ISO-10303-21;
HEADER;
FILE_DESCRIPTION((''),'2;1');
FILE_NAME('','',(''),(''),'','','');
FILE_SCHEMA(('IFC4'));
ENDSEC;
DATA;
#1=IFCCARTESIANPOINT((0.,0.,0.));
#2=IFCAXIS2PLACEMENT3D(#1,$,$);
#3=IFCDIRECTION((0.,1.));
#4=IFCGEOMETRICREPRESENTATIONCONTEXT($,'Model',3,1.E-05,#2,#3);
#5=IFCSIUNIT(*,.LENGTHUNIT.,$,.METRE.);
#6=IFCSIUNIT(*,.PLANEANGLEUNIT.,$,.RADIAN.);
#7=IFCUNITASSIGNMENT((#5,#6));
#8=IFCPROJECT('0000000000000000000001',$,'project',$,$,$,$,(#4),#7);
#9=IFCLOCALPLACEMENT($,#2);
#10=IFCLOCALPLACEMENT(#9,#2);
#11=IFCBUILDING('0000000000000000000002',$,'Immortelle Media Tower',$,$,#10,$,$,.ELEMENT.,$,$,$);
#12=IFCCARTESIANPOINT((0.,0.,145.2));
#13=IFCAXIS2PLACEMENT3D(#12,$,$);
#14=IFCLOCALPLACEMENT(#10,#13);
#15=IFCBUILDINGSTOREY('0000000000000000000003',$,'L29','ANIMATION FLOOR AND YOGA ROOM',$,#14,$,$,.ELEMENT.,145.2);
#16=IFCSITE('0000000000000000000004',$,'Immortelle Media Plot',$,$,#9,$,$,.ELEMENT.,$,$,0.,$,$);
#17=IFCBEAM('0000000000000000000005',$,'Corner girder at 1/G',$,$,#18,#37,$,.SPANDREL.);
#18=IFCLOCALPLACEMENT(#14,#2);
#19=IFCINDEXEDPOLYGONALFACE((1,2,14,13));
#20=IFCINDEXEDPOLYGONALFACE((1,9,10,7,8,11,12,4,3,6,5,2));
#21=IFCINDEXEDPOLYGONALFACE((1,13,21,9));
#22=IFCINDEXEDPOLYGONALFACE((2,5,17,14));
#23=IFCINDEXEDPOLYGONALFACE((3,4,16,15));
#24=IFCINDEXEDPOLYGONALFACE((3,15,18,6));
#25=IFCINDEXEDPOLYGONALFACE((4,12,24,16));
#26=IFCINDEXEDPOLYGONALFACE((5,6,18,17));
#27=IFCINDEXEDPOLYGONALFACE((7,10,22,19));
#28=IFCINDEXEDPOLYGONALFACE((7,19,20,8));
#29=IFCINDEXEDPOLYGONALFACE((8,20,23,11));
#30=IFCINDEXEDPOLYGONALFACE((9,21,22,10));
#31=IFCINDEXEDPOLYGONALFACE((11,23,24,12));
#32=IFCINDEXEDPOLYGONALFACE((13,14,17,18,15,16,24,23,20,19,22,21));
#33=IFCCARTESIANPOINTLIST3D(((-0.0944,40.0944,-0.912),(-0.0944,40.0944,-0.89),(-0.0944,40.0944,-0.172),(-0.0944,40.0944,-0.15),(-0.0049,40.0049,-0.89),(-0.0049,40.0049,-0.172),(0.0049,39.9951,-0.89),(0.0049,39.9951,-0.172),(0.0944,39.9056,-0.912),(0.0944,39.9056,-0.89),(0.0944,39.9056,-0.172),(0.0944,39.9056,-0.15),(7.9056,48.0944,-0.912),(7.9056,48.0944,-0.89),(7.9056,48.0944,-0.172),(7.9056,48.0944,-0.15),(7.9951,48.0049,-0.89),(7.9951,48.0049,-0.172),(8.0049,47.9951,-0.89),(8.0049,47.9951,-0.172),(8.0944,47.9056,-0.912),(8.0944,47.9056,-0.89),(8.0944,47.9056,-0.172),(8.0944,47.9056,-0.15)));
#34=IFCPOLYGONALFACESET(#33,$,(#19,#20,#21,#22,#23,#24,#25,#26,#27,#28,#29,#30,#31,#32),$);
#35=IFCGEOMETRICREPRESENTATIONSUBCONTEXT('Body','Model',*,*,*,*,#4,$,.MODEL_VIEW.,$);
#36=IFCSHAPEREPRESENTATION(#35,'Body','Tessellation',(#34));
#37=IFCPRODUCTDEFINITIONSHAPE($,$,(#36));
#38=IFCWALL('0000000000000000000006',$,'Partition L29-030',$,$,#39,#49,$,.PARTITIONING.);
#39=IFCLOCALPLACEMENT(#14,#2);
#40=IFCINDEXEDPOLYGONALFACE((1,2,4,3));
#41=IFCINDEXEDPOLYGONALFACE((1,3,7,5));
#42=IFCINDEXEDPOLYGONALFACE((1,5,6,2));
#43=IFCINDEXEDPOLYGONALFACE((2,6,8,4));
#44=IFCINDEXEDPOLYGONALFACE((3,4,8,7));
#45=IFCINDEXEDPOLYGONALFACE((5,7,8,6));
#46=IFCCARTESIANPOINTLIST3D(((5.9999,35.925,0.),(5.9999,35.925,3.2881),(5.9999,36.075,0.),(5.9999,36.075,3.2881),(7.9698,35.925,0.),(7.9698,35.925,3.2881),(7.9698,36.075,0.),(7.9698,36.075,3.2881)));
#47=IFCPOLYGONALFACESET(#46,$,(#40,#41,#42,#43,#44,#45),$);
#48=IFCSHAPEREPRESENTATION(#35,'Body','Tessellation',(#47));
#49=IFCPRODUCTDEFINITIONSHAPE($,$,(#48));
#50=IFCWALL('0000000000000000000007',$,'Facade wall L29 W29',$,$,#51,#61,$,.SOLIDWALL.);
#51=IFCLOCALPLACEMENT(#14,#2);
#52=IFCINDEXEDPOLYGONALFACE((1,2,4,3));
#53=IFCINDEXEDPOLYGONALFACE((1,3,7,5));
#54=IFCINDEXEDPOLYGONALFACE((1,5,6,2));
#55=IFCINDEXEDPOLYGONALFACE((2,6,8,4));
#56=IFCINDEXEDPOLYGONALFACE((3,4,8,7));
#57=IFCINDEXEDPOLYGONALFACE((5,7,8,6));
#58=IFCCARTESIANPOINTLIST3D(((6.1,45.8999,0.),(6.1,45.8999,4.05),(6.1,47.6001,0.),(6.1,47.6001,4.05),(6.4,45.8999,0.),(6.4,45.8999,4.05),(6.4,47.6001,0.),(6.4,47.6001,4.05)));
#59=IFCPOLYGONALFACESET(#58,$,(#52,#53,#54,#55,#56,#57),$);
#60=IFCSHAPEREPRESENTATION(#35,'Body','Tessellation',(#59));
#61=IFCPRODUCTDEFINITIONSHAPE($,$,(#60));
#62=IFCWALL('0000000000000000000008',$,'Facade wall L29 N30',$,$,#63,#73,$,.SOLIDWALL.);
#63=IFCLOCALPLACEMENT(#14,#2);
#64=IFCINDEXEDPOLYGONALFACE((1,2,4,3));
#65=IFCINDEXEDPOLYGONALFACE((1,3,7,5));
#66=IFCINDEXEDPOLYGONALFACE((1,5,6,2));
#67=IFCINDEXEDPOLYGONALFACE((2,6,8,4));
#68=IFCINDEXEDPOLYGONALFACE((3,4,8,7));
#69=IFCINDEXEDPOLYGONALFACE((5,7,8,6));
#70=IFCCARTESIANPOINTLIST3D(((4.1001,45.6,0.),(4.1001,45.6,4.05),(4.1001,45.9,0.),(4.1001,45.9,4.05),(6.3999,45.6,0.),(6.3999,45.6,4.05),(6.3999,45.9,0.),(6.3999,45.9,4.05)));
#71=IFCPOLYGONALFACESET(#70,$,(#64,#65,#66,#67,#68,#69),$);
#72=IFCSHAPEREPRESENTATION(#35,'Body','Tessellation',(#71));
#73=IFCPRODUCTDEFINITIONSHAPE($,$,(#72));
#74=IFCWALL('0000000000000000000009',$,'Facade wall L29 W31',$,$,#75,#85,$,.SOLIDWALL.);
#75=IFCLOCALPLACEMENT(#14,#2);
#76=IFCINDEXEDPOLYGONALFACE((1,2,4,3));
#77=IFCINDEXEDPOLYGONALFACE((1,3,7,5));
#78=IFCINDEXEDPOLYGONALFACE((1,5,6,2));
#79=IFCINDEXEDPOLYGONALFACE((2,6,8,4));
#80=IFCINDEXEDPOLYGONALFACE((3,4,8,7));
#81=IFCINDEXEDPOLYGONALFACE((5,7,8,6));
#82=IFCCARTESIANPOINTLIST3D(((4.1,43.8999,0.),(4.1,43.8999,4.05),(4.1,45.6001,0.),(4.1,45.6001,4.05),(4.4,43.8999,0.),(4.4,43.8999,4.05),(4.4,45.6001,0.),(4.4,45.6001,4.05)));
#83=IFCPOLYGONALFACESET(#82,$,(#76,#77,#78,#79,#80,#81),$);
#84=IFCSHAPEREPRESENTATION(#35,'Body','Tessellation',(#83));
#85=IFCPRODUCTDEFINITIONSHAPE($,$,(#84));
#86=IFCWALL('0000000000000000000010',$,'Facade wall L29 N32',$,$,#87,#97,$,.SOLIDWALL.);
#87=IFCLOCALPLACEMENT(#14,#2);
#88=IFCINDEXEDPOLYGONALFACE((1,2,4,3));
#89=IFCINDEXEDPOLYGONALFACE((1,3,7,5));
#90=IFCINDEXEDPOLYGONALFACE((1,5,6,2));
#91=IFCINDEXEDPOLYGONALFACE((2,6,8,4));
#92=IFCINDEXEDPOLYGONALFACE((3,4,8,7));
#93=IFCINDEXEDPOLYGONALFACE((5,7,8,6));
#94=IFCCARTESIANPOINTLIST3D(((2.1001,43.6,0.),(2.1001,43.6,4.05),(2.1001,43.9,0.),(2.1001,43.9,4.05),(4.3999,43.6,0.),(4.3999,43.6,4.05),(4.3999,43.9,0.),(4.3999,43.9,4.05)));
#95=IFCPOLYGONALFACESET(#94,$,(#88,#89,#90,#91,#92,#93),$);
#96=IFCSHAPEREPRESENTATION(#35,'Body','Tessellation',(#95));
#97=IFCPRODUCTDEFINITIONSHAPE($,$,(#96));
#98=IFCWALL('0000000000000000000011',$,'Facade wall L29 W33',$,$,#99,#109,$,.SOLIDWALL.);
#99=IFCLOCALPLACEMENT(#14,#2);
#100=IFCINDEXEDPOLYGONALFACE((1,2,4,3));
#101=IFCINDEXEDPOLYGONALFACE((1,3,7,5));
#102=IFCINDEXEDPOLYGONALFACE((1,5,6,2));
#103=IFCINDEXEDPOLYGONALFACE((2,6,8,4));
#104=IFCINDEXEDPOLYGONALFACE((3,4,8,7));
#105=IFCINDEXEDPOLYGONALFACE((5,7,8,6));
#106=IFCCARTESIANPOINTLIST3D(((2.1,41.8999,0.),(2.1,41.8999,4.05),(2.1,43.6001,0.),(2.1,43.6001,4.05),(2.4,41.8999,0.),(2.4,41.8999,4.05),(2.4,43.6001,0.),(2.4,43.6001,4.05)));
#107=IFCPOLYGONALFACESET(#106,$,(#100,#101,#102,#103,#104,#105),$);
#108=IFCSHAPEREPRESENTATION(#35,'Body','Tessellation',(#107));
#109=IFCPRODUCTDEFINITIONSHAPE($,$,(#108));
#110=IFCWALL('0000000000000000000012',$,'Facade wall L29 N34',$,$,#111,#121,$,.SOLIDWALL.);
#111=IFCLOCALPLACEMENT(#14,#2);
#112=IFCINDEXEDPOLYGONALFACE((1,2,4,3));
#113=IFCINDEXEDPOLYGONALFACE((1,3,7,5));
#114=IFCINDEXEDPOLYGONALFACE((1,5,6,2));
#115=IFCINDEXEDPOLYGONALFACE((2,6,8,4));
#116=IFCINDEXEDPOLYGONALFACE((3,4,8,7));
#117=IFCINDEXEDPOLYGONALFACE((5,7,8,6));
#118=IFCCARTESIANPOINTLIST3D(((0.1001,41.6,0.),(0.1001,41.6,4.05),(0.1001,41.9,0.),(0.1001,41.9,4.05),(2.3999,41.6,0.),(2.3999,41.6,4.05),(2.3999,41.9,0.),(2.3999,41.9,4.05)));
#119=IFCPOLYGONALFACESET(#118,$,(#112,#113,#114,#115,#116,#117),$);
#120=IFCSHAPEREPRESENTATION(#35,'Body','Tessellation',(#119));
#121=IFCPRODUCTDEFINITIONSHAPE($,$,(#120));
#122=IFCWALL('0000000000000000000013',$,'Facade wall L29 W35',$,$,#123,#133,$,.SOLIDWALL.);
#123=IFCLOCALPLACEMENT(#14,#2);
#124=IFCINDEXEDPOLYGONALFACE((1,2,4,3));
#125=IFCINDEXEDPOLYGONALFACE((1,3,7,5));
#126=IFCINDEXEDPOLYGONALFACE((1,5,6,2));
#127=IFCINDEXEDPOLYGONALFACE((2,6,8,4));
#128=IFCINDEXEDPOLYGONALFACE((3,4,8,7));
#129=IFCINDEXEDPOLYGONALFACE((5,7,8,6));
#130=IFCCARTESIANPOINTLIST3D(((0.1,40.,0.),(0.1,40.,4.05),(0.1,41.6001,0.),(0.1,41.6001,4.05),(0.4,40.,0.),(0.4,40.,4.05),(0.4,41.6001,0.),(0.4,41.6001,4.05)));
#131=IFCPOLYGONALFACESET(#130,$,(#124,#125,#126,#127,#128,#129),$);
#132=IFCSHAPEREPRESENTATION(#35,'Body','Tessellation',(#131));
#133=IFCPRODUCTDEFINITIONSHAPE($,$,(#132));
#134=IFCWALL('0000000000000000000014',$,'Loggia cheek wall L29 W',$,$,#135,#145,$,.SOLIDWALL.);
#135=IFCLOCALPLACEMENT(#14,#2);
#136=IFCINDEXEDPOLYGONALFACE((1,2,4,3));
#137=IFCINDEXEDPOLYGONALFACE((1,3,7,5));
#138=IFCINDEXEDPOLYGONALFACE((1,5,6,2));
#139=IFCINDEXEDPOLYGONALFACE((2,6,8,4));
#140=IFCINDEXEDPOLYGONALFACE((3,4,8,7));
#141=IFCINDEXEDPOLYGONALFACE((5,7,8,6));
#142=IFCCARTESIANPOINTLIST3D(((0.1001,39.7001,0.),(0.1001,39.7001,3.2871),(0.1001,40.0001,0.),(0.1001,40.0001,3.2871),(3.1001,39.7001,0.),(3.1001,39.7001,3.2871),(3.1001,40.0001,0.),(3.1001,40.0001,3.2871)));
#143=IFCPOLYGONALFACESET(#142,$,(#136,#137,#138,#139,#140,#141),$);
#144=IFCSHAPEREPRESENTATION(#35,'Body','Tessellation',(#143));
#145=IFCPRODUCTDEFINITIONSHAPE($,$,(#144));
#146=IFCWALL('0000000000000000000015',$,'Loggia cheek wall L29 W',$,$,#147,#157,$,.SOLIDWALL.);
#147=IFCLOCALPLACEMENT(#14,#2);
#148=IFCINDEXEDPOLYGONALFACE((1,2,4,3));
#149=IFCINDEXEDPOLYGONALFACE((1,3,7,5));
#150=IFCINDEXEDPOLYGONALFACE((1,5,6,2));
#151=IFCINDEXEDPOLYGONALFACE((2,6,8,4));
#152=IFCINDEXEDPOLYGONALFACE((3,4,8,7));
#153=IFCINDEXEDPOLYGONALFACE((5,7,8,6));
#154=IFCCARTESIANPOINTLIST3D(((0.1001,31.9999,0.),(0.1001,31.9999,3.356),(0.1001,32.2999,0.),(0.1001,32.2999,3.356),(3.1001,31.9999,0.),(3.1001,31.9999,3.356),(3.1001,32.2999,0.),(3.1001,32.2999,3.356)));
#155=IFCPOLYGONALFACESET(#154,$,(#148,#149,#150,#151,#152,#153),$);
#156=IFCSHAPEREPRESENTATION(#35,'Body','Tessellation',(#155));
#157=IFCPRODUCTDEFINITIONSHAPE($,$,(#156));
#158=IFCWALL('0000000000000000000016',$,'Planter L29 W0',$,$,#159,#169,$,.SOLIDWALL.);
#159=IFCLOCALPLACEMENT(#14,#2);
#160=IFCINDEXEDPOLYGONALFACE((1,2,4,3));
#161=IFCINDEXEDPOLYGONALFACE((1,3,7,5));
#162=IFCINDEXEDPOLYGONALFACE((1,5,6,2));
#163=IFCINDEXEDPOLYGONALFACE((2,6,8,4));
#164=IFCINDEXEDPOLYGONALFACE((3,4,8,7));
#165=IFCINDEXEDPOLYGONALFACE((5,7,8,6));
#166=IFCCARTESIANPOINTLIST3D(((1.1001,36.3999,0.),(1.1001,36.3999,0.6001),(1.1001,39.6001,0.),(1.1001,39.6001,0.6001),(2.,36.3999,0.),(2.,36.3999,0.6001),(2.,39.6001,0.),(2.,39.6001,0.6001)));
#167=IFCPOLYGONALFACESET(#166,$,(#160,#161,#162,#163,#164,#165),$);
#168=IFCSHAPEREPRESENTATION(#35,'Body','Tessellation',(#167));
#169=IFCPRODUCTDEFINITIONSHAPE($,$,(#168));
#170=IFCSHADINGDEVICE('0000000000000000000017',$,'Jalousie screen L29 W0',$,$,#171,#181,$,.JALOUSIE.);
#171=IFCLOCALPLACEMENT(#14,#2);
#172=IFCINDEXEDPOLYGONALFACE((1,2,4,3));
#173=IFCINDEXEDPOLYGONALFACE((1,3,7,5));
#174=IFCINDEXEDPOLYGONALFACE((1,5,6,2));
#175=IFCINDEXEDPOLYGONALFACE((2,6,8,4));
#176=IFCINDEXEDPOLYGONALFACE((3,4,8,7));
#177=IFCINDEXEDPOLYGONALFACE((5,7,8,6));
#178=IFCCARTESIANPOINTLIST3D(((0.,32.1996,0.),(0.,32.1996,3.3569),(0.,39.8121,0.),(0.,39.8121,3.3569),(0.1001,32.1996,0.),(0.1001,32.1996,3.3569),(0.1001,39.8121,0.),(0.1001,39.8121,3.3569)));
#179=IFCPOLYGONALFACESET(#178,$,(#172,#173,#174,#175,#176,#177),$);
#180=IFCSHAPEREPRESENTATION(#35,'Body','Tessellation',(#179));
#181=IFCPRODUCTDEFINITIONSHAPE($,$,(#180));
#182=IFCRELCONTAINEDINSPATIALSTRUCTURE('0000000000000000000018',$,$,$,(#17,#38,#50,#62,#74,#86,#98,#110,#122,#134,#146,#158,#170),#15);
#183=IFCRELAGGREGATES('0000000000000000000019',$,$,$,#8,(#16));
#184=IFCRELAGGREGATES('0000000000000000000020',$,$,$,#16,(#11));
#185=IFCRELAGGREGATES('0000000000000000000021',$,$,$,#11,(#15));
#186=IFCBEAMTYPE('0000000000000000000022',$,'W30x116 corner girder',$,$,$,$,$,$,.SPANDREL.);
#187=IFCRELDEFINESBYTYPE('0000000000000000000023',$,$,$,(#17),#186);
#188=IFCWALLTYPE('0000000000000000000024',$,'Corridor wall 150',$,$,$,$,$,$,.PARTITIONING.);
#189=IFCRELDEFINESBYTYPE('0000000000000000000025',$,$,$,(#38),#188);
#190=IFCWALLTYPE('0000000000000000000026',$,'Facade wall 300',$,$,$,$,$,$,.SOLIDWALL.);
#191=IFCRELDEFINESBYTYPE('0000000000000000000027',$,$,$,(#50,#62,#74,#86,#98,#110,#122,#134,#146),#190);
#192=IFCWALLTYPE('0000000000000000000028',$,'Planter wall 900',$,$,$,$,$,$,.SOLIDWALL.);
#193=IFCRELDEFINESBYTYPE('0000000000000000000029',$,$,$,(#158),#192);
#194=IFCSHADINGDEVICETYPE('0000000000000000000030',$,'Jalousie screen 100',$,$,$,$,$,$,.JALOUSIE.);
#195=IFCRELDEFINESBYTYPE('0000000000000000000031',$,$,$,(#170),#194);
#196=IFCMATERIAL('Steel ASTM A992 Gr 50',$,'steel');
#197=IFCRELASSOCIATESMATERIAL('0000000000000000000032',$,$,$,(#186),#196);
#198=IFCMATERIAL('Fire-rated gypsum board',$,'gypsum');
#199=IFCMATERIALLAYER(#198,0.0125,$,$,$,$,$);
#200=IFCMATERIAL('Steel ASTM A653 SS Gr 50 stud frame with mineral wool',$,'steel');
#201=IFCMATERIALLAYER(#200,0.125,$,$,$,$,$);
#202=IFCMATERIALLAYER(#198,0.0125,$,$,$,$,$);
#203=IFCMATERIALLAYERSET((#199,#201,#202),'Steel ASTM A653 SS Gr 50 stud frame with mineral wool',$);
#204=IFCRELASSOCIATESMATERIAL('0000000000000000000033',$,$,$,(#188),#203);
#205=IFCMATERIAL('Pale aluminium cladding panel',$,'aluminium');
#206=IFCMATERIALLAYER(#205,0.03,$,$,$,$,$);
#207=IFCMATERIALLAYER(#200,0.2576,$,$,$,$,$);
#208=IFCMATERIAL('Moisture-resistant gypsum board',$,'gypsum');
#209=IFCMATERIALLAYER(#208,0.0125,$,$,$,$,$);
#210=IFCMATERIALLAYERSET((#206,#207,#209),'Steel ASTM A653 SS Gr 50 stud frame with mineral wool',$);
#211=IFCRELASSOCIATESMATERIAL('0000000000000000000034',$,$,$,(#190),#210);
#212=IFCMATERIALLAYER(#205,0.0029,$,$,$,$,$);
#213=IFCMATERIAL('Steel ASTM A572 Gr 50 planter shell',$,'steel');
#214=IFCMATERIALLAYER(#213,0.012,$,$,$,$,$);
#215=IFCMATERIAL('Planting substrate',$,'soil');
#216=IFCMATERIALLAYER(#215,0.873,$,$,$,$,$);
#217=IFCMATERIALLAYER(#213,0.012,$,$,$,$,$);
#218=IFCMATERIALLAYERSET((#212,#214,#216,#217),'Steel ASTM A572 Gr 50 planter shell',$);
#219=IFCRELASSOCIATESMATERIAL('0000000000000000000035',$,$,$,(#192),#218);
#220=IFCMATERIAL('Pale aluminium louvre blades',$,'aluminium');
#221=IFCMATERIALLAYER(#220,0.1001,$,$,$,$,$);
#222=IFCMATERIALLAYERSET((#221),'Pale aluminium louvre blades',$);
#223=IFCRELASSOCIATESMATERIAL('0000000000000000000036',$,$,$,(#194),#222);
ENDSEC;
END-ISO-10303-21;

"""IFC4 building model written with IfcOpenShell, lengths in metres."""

from ifc_helpers import new_model, si_unit, direction, frame, frame_2d, origin, origin_2d, place, context, subcontext, project, spatial, rectangle, i_section, extrude, material, layer, layer_set, material_profile, profile_set, type_object, element, save


model = new_model("IFC4")

# Units and contexts
model_context = context("Model", 3, precision=1e-05, world=origin(), true_north=direction((0.0, 1.0)))
body_context = subcontext(model_context, "Body", "Model", "MODEL_VIEW")
ifc_project = project(units=[si_unit("LENGTHUNIT", "METRE"), si_unit("PLANEANGLEUNIT", "RADIAN")], contexts=[model_context])

# Site, building, storey
site_placement = place(None, origin())
site = spatial("IfcSite", under=ifc_project, at=site_placement, Name="Immortelle Media Plot", CompositionType="ELEMENT", RefElevation=0.0)
building_placement = place(site_placement, origin())
building = spatial("IfcBuilding", under=site, at=building_placement, Name="Immortelle Media Tower", CompositionType="ELEMENT")
storey_placement = place(building_placement, frame((0.0, 0.0, 145.2)))
storey = spatial("IfcBuildingStorey", under=building, at=storey_placement, Name="L29", Description="ANIMATION FLOOR AND YOGA ROOM", CompositionType="ELEMENT", Elevation=145.2)

# Shared definitions
ifc_material_1 = material(Name="Steel ASTM A992 Gr 50", Category="steel")

# Beam
ifc_material_profile_1 = material_profile(ifc_material_1, i_section(OverallWidth=0.2671, OverallDepth=0.762, WebThickness=0.0139, FlangeThickness=0.022, at=origin_2d()), Name="W30x116")
ifc_profile_set_1 = profile_set([ifc_material_profile_1], Name="Steel ASTM A992 Gr 50")
beam_type_1 = type_object("IfcBeamType", Name="W30x116 corner girder", PredefinedType="SPANDREL", material=ifc_profile_set_1)
beam_1_placement = place(storey_placement, frame((0.0, 40.0, -0.531), z_axis=(0.707107, 0.707107, 0.0), x_axis=(-0.707107, 0.707107, 0.0)))
element("IfcBeam", 1, at=beam_1_placement, inside=storey, type_object=beam_type_1, Name="Corner girder at 1/G", PredefinedType="SPANDREL", context=body_context, shape_type="SweptSolid", body=[
    extrude(i_section(OverallWidth=0.2671, OverallDepth=0.762, WebThickness=0.0139, FlangeThickness=0.022, at=origin_2d()), origin(), (0.0, 0.0, 1.0), 11.3137),
])

# Walls
ifc_material_2 = material(Name="Fire-rated gypsum board", Category="gypsum")
ifc_layer_1 = layer(ifc_material_2, 0.0125)
ifc_material_3 = material(Name="Steel ASTM A653 SS Gr 50 stud frame with mineral wool", Category="steel")
ifc_layer_2 = layer(ifc_material_3, 0.125)
ifc_layer_3 = layer(ifc_material_2, 0.0125)
ifc_layer_set_1 = layer_set([ifc_layer_1, ifc_layer_2, ifc_layer_3], Name="Steel ASTM A653 SS Gr 50 stud frame with mineral wool")
wall_type_1 = type_object("IfcWallType", Name="Corridor wall 150", PredefinedType="PARTITIONING", material=ifc_layer_set_1)
wall_1_placement = place(storey_placement, frame((6.0, 36.0, 0.0), z_axis=(0.0, 0.0, 1.0), x_axis=(1.0, 0.0, 0.0)))
element("IfcWall", 2, at=wall_1_placement, inside=storey, type_object=wall_type_1, Name="Partition L29-030", PredefinedType="PARTITIONING", context=body_context, shape_type="SweptSolid", body=[
    extrude(rectangle(XDim=1.97, YDim=0.1499, at=frame_2d((0.9849, 0.0))), origin(), (0.0, 0.0, 1.0), 3.2881),
])
ifc_material_4 = material(Name="Pale aluminium cladding panel", Category="aluminium")
ifc_layer_4 = layer(ifc_material_4, 0.03)
ifc_layer_5 = layer(ifc_material_3, 0.2576)
ifc_material_5 = material(Name="Moisture-resistant gypsum board", Category="gypsum")
ifc_layer_6 = layer(ifc_material_5, 0.0125)
ifc_layer_set_2 = layer_set([ifc_layer_4, ifc_layer_5, ifc_layer_6], Name="Steel ASTM A653 SS Gr 50 stud frame with mineral wool")
wall_type_2 = type_object("IfcWallType", Name="Facade wall 300", PredefinedType="SOLIDWALL", material=ifc_layer_set_2)
wall_2_placement = place(storey_placement, frame((6.25, 47.6001, 0.0), z_axis=(0.0, 0.0, 1.0), x_axis=(0.0, -1.0, 0.0)))
element("IfcWall", 3, at=wall_2_placement, inside=storey, type_object=wall_type_2, Name="Facade wall L29 W29", PredefinedType="SOLIDWALL", context=body_context, shape_type="SweptSolid", body=[
    extrude(rectangle(XDim=1.7002, YDim=0.3, at=frame_2d((0.8501, 0.0))), origin(), (0.0, 0.0, 1.0), 4.05),
])
wall_3_placement = place(storey_placement, frame((6.3999, 45.75, 0.0), z_axis=(0.0, 0.0, 1.0), x_axis=(-1.0, 0.0, 0.0)))
element("IfcWall", 4, at=wall_3_placement, inside=storey, type_object=wall_type_2, Name="Facade wall L29 N30", PredefinedType="SOLIDWALL", context=body_context, shape_type="SweptSolid", body=[
    extrude(rectangle(XDim=2.2998, YDim=0.3, at=frame_2d((1.1499, 0.0))), origin(), (0.0, 0.0, 1.0), 4.05),
])
wall_4_placement = place(storey_placement, frame((4.25, 45.6001, 0.0), z_axis=(0.0, 0.0, 1.0), x_axis=(0.0, -1.0, 0.0)))
element("IfcWall", 5, at=wall_4_placement, inside=storey, type_object=wall_type_2, Name="Facade wall L29 W31", PredefinedType="SOLIDWALL", context=body_context, shape_type="SweptSolid", body=[
    extrude(rectangle(XDim=1.7002, YDim=0.3, at=frame_2d((0.8501, 0.0))), origin(), (0.0, 0.0, 1.0), 4.05),
])
wall_5_placement = place(storey_placement, frame((4.3999, 43.75, 0.0), z_axis=(0.0, 0.0, 1.0), x_axis=(-1.0, 0.0, 0.0)))
element("IfcWall", 6, at=wall_5_placement, inside=storey, type_object=wall_type_2, Name="Facade wall L29 N32", PredefinedType="SOLIDWALL", context=body_context, shape_type="SweptSolid", body=[
    extrude(rectangle(XDim=2.2998, YDim=0.3, at=frame_2d((1.1499, 0.0))), origin(), (0.0, 0.0, 1.0), 4.05),
])
wall_6_placement = place(storey_placement, frame((2.25, 43.6001, 0.0), z_axis=(0.0, 0.0, 1.0), x_axis=(0.0, -1.0, 0.0)))
element("IfcWall", 7, at=wall_6_placement, inside=storey, type_object=wall_type_2, Name="Facade wall L29 W33", PredefinedType="SOLIDWALL", context=body_context, shape_type="SweptSolid", body=[
    extrude(rectangle(XDim=1.7002, YDim=0.3, at=frame_2d((0.8501, 0.0))), origin(), (0.0, 0.0, 1.0), 4.05),
])
wall_7_placement = place(storey_placement, frame((2.3999, 41.75, 0.0), z_axis=(0.0, 0.0, 1.0), x_axis=(-1.0, 0.0, 0.0)))
element("IfcWall", 8, at=wall_7_placement, inside=storey, type_object=wall_type_2, Name="Facade wall L29 N34", PredefinedType="SOLIDWALL", context=body_context, shape_type="SweptSolid", body=[
    extrude(rectangle(XDim=2.2998, YDim=0.3, at=frame_2d((1.1499, 0.0))), origin(), (0.0, 0.0, 1.0), 4.05),
])
wall_8_placement = place(storey_placement, frame((0.25, 41.6001, 0.0), z_axis=(0.0, 0.0, 1.0), x_axis=(0.0, -1.0, 0.0)))
element("IfcWall", 9, at=wall_8_placement, inside=storey, type_object=wall_type_2, Name="Facade wall L29 W35", PredefinedType="SOLIDWALL", context=body_context, shape_type="SweptSolid", body=[
    extrude(rectangle(XDim=1.6001, YDim=0.3, at=frame_2d((0.8, 0.0))), origin(), (0.0, 0.0, 1.0), 4.05),
])

# Walls
wall_9_placement = place(storey_placement, frame((0.1001, 39.8501, 0.0), z_axis=(0.0, 0.0, 1.0), x_axis=(1.0, 0.0, 0.0)))
element("IfcWall", 10, at=wall_9_placement, inside=storey, type_object=wall_type_2, Name="Loggia cheek wall L29 W", PredefinedType="SOLIDWALL", context=body_context, shape_type="SweptSolid", body=[
    extrude(rectangle(XDim=3.0, YDim=0.3, at=frame_2d((1.5, 0.0))), origin(), (0.0, 0.0, 1.0), 3.2871),
])
wall_10_placement = place(storey_placement, frame((0.1001, 32.1499, 0.0), z_axis=(0.0, 0.0, 1.0), x_axis=(1.0, 0.0, 0.0)))
element("IfcWall", 11, at=wall_10_placement, inside=storey, type_object=wall_type_2, Name="Loggia cheek wall L29 W", PredefinedType="SOLIDWALL", context=body_context, shape_type="SweptSolid", body=[
    extrude(rectangle(XDim=3.0, YDim=0.3, at=frame_2d((1.5, 0.0))), origin(), (0.0, 0.0, 1.0), 3.356),
])
ifc_layer_7 = layer(ifc_material_4, 0.0029)
ifc_material_6 = material(Name="Steel ASTM A572 Gr 50 planter shell", Category="steel")
ifc_layer_8 = layer(ifc_material_6, 0.012)
ifc_material_7 = material(Name="Planting substrate", Category="soil")
ifc_layer_9 = layer(ifc_material_7, 0.873)
ifc_layer_10 = layer(ifc_material_6, 0.012)
ifc_layer_set_3 = layer_set([ifc_layer_7, ifc_layer_8, ifc_layer_9, ifc_layer_10], Name="Steel ASTM A572 Gr 50 planter shell")
wall_type_3 = type_object("IfcWallType", Name="Planter wall 900", PredefinedType="SOLIDWALL", material=ifc_layer_set_3)
wall_11_placement = place(storey_placement, frame((1.55, 39.6001, 0.0), z_axis=(0.0, 0.0, 1.0), x_axis=(0.0, -1.0, 0.0)))
element("IfcWall", 12, at=wall_11_placement, inside=storey, type_object=wall_type_3, Name="Planter L29 W0", PredefinedType="SOLIDWALL", context=body_context, shape_type="SweptSolid", body=[
    extrude(rectangle(XDim=3.2002, YDim=0.8999, at=frame_2d((1.6001, 0.0))), origin(), (0.0, 0.0, 1.0), 0.6001),
])

# Shading device
ifc_material_8 = material(Name="Pale aluminium louvre blades", Category="aluminium")
ifc_layer_11 = layer(ifc_material_8, 0.1001)
ifc_layer_set_4 = layer_set([ifc_layer_11], Name="Pale aluminium louvre blades")
shading_device_type_1 = type_object("IfcShadingDeviceType", Name="Jalousie screen 100", PredefinedType="JALOUSIE", material=ifc_layer_set_4)
shading_device_1_placement = place(storey_placement, frame((0.05, 36.0059, 0.0), z_axis=(0.0, 0.0, 1.0), x_axis=(0.0, -1.0, 0.0)))
element("IfcShadingDevice", 13, at=shading_device_1_placement, inside=storey, type_object=shading_device_type_1, Name="Jalousie screen L29 W0", PredefinedType="JALOUSIE", context=body_context, shape_type="SweptSolid", body=[
    extrude(rectangle(XDim=7.6125, YDim=0.1001, at=origin_2d()), origin(), (0.0, 0.0, 1.0), 3.3569),
])

save(model, "model.ifc")
